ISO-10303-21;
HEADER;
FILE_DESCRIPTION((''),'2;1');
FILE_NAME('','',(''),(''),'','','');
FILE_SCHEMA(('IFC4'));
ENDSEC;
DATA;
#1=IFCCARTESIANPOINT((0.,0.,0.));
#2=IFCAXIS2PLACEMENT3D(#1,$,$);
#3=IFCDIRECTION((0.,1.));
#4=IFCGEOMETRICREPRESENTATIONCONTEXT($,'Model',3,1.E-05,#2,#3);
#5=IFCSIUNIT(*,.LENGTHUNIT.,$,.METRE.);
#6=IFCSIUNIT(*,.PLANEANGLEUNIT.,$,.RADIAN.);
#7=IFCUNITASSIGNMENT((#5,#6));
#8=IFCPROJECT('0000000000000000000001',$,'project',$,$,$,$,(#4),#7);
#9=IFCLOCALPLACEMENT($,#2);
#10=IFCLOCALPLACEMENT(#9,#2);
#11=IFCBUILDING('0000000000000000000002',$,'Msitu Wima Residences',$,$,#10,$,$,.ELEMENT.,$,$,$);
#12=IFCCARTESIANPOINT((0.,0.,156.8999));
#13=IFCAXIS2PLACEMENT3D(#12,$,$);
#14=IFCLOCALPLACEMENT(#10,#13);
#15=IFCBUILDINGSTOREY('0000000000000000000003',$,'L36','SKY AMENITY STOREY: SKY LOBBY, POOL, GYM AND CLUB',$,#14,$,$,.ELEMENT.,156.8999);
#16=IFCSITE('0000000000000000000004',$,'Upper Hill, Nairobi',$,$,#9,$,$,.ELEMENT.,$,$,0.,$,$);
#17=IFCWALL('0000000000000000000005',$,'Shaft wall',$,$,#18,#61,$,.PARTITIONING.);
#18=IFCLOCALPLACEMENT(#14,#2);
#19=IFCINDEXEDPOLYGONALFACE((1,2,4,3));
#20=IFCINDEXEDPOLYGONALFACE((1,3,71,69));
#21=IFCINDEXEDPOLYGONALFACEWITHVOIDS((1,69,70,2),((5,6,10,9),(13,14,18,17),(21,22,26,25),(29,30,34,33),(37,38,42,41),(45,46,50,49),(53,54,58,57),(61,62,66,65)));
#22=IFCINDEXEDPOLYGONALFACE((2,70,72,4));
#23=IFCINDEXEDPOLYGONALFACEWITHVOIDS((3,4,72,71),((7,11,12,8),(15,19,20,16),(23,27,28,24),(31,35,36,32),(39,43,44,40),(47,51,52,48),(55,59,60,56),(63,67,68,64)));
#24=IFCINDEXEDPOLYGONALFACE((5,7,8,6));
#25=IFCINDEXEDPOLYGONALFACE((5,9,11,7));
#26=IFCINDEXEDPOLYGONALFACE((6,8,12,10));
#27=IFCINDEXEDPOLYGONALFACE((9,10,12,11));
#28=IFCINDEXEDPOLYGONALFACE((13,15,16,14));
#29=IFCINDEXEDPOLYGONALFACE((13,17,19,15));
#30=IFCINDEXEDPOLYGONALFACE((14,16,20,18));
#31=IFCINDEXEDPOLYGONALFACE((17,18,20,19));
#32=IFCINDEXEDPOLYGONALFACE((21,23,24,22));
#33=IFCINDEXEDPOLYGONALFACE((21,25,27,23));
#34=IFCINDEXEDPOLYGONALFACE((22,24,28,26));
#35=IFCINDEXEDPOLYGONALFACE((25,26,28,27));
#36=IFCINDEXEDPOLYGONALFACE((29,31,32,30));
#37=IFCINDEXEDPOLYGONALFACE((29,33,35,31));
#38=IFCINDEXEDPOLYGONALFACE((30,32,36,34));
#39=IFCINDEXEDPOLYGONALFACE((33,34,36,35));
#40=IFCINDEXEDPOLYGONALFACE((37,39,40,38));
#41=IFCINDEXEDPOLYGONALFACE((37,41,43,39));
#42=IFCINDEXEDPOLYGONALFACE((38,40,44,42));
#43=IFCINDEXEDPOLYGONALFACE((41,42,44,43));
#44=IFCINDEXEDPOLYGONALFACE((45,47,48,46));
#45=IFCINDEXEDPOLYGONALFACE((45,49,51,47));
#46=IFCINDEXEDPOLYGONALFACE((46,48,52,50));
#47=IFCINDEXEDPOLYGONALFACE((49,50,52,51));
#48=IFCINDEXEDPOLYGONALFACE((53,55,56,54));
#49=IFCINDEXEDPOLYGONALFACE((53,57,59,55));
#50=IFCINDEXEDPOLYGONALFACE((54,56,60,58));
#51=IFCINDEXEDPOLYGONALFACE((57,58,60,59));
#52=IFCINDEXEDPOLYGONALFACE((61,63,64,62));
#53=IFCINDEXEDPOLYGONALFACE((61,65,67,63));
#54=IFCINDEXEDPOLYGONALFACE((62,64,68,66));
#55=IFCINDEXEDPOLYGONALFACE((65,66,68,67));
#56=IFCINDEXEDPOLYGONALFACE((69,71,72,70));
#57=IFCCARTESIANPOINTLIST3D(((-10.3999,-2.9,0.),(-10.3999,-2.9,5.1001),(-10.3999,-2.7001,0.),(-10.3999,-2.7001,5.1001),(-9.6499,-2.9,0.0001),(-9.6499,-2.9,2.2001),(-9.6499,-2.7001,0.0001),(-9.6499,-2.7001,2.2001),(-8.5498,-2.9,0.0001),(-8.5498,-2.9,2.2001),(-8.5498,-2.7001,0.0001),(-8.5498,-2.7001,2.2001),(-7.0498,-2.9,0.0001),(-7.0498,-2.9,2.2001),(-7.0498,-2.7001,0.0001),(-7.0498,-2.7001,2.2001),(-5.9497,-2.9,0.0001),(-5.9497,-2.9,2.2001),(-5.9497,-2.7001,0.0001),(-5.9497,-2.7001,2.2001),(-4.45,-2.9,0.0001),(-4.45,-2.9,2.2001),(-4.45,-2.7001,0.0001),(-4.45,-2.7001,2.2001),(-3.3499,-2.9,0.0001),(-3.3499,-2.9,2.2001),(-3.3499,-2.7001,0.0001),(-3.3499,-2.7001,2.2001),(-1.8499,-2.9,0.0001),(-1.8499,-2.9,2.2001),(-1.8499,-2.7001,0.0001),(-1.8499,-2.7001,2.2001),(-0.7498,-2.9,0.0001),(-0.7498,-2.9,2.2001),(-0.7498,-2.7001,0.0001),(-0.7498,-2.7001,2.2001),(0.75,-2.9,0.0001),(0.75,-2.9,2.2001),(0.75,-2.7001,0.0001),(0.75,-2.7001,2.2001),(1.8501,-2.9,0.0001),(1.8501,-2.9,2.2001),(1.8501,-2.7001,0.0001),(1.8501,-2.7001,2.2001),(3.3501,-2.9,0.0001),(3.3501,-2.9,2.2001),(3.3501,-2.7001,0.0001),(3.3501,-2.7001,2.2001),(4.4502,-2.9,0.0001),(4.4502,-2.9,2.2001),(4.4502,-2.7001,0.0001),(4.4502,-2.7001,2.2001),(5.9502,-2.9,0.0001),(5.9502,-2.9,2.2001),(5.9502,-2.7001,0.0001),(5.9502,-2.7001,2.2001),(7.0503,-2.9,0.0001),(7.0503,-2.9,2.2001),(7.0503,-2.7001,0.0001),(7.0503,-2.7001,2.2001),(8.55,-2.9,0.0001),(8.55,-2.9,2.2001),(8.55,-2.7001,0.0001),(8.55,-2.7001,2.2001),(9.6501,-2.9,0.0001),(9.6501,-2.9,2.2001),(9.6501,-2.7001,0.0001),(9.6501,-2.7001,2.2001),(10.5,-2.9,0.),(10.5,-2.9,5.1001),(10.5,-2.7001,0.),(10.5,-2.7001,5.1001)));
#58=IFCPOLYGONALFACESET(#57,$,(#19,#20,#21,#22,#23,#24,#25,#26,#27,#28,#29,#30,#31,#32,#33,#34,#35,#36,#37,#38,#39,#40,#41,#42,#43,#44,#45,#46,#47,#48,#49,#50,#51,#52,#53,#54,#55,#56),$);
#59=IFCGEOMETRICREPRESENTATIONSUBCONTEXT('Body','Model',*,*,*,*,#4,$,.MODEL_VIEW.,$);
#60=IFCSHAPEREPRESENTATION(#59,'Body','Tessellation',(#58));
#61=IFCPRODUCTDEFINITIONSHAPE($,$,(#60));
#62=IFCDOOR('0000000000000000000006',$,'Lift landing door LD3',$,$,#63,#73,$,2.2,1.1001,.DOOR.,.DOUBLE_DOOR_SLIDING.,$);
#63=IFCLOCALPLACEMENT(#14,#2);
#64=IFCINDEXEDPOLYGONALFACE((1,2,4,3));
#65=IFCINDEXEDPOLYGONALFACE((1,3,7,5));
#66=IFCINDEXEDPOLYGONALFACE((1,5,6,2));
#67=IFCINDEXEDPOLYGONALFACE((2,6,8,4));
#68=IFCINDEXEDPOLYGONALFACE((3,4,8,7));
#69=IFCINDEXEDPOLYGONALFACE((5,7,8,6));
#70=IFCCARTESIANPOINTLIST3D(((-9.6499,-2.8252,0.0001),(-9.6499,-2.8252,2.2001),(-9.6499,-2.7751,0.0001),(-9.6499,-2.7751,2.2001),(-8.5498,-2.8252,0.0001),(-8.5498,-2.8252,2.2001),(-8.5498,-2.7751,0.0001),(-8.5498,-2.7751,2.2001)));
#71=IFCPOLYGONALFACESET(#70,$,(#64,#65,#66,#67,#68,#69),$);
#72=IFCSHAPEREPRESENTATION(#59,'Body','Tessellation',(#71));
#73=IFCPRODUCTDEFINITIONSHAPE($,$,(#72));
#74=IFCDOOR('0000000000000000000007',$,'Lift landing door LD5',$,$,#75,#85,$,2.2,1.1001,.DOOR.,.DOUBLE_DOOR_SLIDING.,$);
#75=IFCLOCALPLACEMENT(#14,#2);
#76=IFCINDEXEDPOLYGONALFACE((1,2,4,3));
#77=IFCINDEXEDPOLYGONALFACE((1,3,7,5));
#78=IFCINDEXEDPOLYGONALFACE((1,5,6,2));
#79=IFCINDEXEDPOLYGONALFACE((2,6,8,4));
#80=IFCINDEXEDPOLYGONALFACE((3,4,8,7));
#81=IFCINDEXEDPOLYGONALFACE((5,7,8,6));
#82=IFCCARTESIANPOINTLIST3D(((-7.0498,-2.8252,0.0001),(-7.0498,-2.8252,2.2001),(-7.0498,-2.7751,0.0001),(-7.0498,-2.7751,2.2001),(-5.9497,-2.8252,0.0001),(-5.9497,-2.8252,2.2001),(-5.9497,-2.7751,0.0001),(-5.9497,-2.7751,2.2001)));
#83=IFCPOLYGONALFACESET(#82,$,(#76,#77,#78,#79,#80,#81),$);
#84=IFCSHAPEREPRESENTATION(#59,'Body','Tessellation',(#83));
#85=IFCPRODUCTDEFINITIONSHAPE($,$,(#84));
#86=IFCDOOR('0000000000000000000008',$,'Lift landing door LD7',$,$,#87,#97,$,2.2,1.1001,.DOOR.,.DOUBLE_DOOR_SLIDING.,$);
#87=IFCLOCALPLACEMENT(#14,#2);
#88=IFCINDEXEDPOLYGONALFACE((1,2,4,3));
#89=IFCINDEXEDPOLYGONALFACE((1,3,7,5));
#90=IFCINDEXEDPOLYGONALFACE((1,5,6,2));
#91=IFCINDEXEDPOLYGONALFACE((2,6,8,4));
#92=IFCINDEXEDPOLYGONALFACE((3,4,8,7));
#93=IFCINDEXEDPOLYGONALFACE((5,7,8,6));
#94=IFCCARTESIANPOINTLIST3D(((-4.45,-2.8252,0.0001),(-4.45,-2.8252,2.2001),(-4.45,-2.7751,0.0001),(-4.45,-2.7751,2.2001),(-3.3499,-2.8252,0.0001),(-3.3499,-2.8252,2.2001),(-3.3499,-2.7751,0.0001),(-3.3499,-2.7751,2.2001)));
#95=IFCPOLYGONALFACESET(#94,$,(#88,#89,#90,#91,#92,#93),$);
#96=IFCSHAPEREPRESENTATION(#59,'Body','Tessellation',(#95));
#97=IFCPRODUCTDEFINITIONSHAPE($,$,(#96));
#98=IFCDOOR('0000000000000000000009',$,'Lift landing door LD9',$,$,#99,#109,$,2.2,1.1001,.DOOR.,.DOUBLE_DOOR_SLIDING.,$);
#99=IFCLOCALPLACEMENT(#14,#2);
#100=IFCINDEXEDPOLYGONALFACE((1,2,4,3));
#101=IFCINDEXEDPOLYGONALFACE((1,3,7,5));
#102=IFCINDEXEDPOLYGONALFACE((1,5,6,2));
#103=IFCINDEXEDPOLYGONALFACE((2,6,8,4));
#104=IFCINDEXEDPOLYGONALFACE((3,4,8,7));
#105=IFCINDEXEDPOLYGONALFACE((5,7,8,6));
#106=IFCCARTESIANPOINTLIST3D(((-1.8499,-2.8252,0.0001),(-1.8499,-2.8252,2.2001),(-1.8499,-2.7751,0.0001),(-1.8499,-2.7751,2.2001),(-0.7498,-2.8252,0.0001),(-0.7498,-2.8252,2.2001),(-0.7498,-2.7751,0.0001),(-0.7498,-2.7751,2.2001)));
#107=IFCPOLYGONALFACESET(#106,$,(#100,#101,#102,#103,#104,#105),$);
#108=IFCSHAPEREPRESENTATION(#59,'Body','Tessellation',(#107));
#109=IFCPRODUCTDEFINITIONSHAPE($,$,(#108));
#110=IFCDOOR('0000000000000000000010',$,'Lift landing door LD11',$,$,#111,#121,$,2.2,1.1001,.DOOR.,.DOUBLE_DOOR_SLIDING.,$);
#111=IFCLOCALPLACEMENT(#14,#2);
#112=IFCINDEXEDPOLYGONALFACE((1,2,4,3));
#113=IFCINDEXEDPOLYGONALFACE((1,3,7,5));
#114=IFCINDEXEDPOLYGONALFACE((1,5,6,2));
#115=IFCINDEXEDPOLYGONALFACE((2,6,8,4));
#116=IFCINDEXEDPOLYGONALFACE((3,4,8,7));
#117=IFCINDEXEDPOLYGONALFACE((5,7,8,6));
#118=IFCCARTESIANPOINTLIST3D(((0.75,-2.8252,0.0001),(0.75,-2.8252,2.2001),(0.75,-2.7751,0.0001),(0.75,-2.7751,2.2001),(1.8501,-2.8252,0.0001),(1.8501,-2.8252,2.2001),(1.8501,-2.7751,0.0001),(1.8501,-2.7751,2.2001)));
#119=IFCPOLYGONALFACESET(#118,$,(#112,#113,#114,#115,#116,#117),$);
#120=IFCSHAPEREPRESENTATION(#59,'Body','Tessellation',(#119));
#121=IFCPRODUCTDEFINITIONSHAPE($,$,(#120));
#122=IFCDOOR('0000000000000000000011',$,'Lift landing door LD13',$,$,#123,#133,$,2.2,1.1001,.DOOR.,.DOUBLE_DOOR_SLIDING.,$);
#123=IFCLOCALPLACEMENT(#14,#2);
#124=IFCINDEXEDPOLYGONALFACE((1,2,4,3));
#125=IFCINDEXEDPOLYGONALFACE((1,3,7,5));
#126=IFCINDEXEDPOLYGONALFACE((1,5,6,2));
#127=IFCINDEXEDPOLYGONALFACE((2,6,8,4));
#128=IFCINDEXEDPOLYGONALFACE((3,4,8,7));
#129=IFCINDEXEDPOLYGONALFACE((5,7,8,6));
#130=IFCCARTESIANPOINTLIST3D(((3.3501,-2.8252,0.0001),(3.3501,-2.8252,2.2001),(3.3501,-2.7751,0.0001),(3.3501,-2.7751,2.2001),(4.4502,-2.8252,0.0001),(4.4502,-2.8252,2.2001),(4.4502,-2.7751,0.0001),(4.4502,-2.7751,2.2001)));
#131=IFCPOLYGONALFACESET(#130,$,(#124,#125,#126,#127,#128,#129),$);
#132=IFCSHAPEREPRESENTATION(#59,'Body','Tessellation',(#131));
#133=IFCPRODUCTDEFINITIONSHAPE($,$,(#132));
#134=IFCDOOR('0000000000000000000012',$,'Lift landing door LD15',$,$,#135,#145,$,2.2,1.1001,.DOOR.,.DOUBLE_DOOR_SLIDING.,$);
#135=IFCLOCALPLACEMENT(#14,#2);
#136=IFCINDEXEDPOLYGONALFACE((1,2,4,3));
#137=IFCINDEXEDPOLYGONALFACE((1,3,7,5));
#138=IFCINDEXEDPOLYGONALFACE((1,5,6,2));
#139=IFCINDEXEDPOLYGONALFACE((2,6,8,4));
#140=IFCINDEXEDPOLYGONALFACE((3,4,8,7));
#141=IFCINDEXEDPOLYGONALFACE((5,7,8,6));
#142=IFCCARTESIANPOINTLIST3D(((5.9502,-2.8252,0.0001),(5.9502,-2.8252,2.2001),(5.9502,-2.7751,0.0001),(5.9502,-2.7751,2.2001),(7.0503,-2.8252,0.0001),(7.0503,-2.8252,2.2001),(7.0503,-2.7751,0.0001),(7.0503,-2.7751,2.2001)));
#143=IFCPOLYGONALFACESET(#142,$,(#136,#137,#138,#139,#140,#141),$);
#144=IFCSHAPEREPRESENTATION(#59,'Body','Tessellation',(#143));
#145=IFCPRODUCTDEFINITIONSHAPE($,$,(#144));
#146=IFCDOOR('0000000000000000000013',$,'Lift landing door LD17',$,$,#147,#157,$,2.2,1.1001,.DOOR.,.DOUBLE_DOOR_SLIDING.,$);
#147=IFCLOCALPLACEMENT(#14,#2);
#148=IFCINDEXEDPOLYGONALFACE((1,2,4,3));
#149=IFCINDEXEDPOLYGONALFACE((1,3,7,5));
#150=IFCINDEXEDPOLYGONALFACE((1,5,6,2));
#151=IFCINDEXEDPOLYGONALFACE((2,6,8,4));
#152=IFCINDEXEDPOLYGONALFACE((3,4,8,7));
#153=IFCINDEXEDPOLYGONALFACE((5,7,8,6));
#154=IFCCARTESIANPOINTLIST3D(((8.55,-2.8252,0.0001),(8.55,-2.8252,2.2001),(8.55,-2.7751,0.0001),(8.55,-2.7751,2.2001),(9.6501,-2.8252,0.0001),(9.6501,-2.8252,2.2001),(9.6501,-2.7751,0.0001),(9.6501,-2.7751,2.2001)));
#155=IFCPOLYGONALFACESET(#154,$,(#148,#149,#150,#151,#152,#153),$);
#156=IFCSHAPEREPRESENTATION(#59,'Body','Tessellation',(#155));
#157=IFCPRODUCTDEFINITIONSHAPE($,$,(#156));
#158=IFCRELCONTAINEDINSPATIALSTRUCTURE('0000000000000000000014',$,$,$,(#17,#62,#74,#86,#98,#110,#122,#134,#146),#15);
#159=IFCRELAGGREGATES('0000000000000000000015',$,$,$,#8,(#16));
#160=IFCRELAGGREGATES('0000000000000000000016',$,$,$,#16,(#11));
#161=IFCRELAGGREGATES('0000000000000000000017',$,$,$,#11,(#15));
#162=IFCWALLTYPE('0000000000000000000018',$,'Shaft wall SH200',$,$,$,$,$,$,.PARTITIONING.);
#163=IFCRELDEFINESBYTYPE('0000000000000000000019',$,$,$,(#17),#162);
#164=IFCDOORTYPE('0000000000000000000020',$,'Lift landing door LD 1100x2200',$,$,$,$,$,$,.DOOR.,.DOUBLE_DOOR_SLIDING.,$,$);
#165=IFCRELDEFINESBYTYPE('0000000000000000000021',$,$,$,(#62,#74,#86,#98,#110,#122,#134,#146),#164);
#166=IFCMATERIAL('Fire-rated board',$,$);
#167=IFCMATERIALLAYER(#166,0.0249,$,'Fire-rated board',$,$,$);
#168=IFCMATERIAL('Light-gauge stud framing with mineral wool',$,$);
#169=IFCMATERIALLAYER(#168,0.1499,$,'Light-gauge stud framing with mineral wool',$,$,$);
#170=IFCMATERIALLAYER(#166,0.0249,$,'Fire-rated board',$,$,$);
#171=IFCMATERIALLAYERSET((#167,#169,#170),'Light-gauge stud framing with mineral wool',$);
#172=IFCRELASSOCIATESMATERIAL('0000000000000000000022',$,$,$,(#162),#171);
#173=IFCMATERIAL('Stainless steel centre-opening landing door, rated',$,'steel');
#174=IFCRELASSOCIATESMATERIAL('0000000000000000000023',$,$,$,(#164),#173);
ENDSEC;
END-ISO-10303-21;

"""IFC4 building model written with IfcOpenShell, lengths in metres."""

from ifc_helpers import new_model, si_unit, direction, frame, frame_2d, origin, place, context, subcontext, project, spatial, rectangle, extrude, material, layer, layer_set, type_object, element, fill, save


model = new_model("IFC4")

# Units and contexts
model_context = context("Model", 3, precision=1e-05, world=origin(), true_north=direction((0.0, 1.0)))
body_context = subcontext(model_context, "Body", "Model", "MODEL_VIEW")
ifc_project = project(units=[si_unit("LENGTHUNIT", "METRE"), si_unit("PLANEANGLEUNIT", "RADIAN")], contexts=[model_context])

# Site, building, storey
site_placement = place(None, origin())
site = spatial("IfcSite", under=ifc_project, at=site_placement, Name="Upper Hill, Nairobi", CompositionType="ELEMENT", RefElevation=0.0)
building_placement = place(site_placement, origin())
building = spatial("IfcBuilding", under=site, at=building_placement, Name="Msitu Wima Residences", CompositionType="ELEMENT")
storey_placement = place(building_placement, frame((0.0, 0.0, 156.8999)))
storey = spatial("IfcBuildingStorey", under=building, at=storey_placement, Name="L36", Description="SKY AMENITY STOREY: SKY LOBBY, POOL, GYM AND CLUB", CompositionType="ELEMENT", Elevation=156.8999)

# Shared definitions
ifc_material_1 = material(Name="Fire-rated board")
ifc_layer_1 = layer(ifc_material_1, 0.0249, Name="Fire-rated board")
ifc_material_2 = material(Name="Light-gauge stud framing with mineral wool")
ifc_layer_2 = layer(ifc_material_2, 0.1499, Name="Light-gauge stud framing with mineral wool")
ifc_layer_3 = layer(ifc_material_1, 0.0249, Name="Fire-rated board")
ifc_layer_set_1 = layer_set([ifc_layer_1, ifc_layer_2, ifc_layer_3], Name="Light-gauge stud framing with mineral wool")
wall_type_1 = type_object("IfcWallType", Name="Shaft wall SH200", PredefinedType="PARTITIONING", material=ifc_layer_set_1)

# Wall, openings, doors
wall_1_placement = place(storey_placement, frame((-10.3999, -2.8, 0.0), z_axis=(0.0, 0.0, 1.0), x_axis=(1.0, 0.0, 0.0)))
wall_1 = element("IfcWall", 1, at=wall_1_placement, inside=storey, type_object=wall_type_1, Name="Shaft wall", PredefinedType="PARTITIONING", context=body_context, shape_type="SweptSolid", body=[
    extrude(rectangle(XDim=20.8999, YDim=0.2, at=frame_2d((10.45, 0.0))), origin(), (0.0, 0.0, 1.0), 5.1001),
])
opening_1_placement = place(wall_1_placement, frame((0.75, 0.0, 0.0)))
opening_1 = element("IfcOpeningElement", 2, at=opening_1_placement, cuts=wall_1, PredefinedType="OPENING", context=body_context, shape_type="SweptSolid", body=[
    extrude(rectangle(XDim=1.1001, YDim=2.2, at=frame_2d((0.55, 1.1001))), frame((0.0, 0.1099, 0.0), z_axis=(0.0, -1.0, 0.0), x_axis=(1.0, 0.0, 0.0)), (0.0, 0.0, 1.0), 0.22),
])
opening_2_placement = place(wall_1_placement, frame((3.3501, 0.0, 0.0)))
opening_2 = element("IfcOpeningElement", 3, at=opening_2_placement, cuts=wall_1, PredefinedType="OPENING", context=body_context, shape_type="SweptSolid", body=[
    extrude(rectangle(XDim=1.1001, YDim=2.2, at=frame_2d((0.55, 1.1001))), frame((0.0, 0.1099, 0.0), z_axis=(0.0, -1.0, 0.0), x_axis=(1.0, 0.0, 0.0)), (0.0, 0.0, 1.0), 0.22),
])
opening_3_placement = place(wall_1_placement, frame((5.95, 0.0, 0.0)))
opening_3 = element("IfcOpeningElement", 4, at=opening_3_placement, cuts=wall_1, PredefinedType="OPENING", context=body_context, shape_type="SweptSolid", body=[
    extrude(rectangle(XDim=1.1001, YDim=2.2, at=frame_2d((0.55, 1.1001))), frame((0.0, 0.1099, 0.0), z_axis=(0.0, -1.0, 0.0), x_axis=(1.0, 0.0, 0.0)), (0.0, 0.0, 1.0), 0.22),
])
opening_4_placement = place(wall_1_placement, frame((8.55, 0.0, 0.0)))
opening_4 = element("IfcOpeningElement", 5, at=opening_4_placement, cuts=wall_1, PredefinedType="OPENING", context=body_context, shape_type="SweptSolid", body=[
    extrude(rectangle(XDim=1.1001, YDim=2.2, at=frame_2d((0.55, 1.1001))), frame((0.0, 0.1099, 0.0), z_axis=(0.0, -1.0, 0.0), x_axis=(1.0, 0.0, 0.0)), (0.0, 0.0, 1.0), 0.22),
])
opening_5_placement = place(wall_1_placement, frame((11.1499, 0.0, 0.0)))
opening_5 = element("IfcOpeningElement", 6, at=opening_5_placement, cuts=wall_1, PredefinedType="OPENING", context=body_context, shape_type="SweptSolid", body=[
    extrude(rectangle(XDim=1.1001, YDim=2.2, at=frame_2d((0.55, 1.1001))), frame((0.0, 0.1099, 0.0), z_axis=(0.0, -1.0, 0.0), x_axis=(1.0, 0.0, 0.0)), (0.0, 0.0, 1.0), 0.22),
])
opening_6_placement = place(wall_1_placement, frame((13.75, 0.0, 0.0)))
opening_6 = element("IfcOpeningElement", 7, at=opening_6_placement, cuts=wall_1, PredefinedType="OPENING", context=body_context, shape_type="SweptSolid", body=[
    extrude(rectangle(XDim=1.1001, YDim=2.2, at=frame_2d((0.55, 1.1001))), frame((0.0, 0.1099, 0.0), z_axis=(0.0, -1.0, 0.0), x_axis=(1.0, 0.0, 0.0)), (0.0, 0.0, 1.0), 0.22),
])
opening_7_placement = place(wall_1_placement, frame((16.3501, 0.0, 0.0)))
opening_7 = element("IfcOpeningElement", 8, at=opening_7_placement, cuts=wall_1, PredefinedType="OPENING", context=body_context, shape_type="SweptSolid", body=[
    extrude(rectangle(XDim=1.1001, YDim=2.2, at=frame_2d((0.55, 1.1001))), frame((0.0, 0.1099, 0.0), z_axis=(0.0, -1.0, 0.0), x_axis=(1.0, 0.0, 0.0)), (0.0, 0.0, 1.0), 0.22),
])
opening_8_placement = place(wall_1_placement, frame((18.95, 0.0, 0.0)))
opening_8 = element("IfcOpeningElement", 9, at=opening_8_placement, cuts=wall_1, PredefinedType="OPENING", context=body_context, shape_type="SweptSolid", body=[
    extrude(rectangle(XDim=1.1001, YDim=2.2, at=frame_2d((0.55, 1.1001))), frame((0.0, 0.1099, 0.0), z_axis=(0.0, -1.0, 0.0), x_axis=(1.0, 0.0, 0.0)), (0.0, 0.0, 1.0), 0.22),
])
ifc_material_3 = material(Name="Stainless steel centre-opening landing door, rated", Category="steel")
door_type_1 = type_object("IfcDoorType", Name="Lift landing door LD 1100x2200", OperationType="DOUBLE_DOOR_SLIDING", PredefinedType="DOOR", material=ifc_material_3)
door_1_placement = place(opening_1_placement, origin())
door_1 = element("IfcDoor", 10, at=door_1_placement, inside=storey, type_object=door_type_1, Name="Lift landing door LD3", OperationType="DOUBLE_DOOR_SLIDING", OverallHeight=2.2, OverallWidth=1.1001, PredefinedType="DOOR", context=body_context, shape_type="SweptSolid", body=[
    extrude(rectangle(XDim=1.1001, YDim=2.2, at=frame_2d((0.55, 1.1001))), frame((0.0, 0.0249, 0.0), z_axis=(0.0, -1.0, 0.0), x_axis=(1.0, 0.0, 0.0)), (0.0, 0.0, 1.0), 0.05),
])
fill(opening_1, door_1)
door_2_placement = place(opening_2_placement, origin())
door_2 = element("IfcDoor", 11, at=door_2_placement, inside=storey, type_object=door_type_1, Name="Lift landing door LD5", OperationType="DOUBLE_DOOR_SLIDING", OverallHeight=2.2, OverallWidth=1.1001, PredefinedType="DOOR", context=body_context, shape_type="SweptSolid", body=[
    extrude(rectangle(XDim=1.1001, YDim=2.2, at=frame_2d((0.55, 1.1001))), frame((0.0, 0.0249, 0.0), z_axis=(0.0, -1.0, 0.0), x_axis=(1.0, 0.0, 0.0)), (0.0, 0.0, 1.0), 0.05),
])
fill(opening_2, door_2)
door_3_placement = place(opening_3_placement, origin())
door_3 = element("IfcDoor", 12, at=door_3_placement, inside=storey, type_object=door_type_1, Name="Lift landing door LD7", OperationType="DOUBLE_DOOR_SLIDING", OverallHeight=2.2, OverallWidth=1.1001, PredefinedType="DOOR", context=body_context, shape_type="SweptSolid", body=[
    extrude(rectangle(XDim=1.1001, YDim=2.2, at=frame_2d((0.55, 1.1001))), frame((0.0, 0.0249, 0.0), z_axis=(0.0, -1.0, 0.0), x_axis=(1.0, 0.0, 0.0)), (0.0, 0.0, 1.0), 0.05),
])
fill(opening_3, door_3)
door_4_placement = place(opening_4_placement, origin())
door_4 = element("IfcDoor", 13, at=door_4_placement, inside=storey, type_object=door_type_1, Name="Lift landing door LD9", OperationType="DOUBLE_DOOR_SLIDING", OverallHeight=2.2, OverallWidth=1.1001, PredefinedType="DOOR", context=body_context, shape_type="SweptSolid", body=[
    extrude(rectangle(XDim=1.1001, YDim=2.2, at=frame_2d((0.55, 1.1001))), frame((0.0, 0.0249, 0.0), z_axis=(0.0, -1.0, 0.0), x_axis=(1.0, 0.0, 0.0)), (0.0, 0.0, 1.0), 0.05),
])
fill(opening_4, door_4)
door_5_placement = place(opening_5_placement, origin())
door_5 = element("IfcDoor", 14, at=door_5_placement, inside=storey, type_object=door_type_1, Name="Lift landing door LD11", OperationType="DOUBLE_DOOR_SLIDING", OverallHeight=2.2, OverallWidth=1.1001, PredefinedType="DOOR", context=body_context, shape_type="SweptSolid", body=[
    extrude(rectangle(XDim=1.1001, YDim=2.2, at=frame_2d((0.55, 1.1001))), frame((0.0, 0.0249, 0.0), z_axis=(0.0, -1.0, 0.0), x_axis=(1.0, 0.0, 0.0)), (0.0, 0.0, 1.0), 0.05),
])
fill(opening_5, door_5)
door_6_placement = place(opening_6_placement, origin())
door_6 = element("IfcDoor", 15, at=door_6_placement, inside=storey, type_object=door_type_1, Name="Lift landing door LD13", OperationType="DOUBLE_DOOR_SLIDING", OverallHeight=2.2, OverallWidth=1.1001, PredefinedType="DOOR", context=body_context, shape_type="SweptSolid", body=[
    extrude(rectangle(XDim=1.1001, YDim=2.2, at=frame_2d((0.55, 1.1001))), frame((0.0, 0.0249, 0.0), z_axis=(0.0, -1.0, 0.0), x_axis=(1.0, 0.0, 0.0)), (0.0, 0.0, 1.0), 0.05),
])
fill(opening_6, door_6)
door_7_placement = place(opening_7_placement, origin())
door_7 = element("IfcDoor", 16, at=door_7_placement, inside=storey, type_object=door_type_1, Name="Lift landing door LD15", OperationType="DOUBLE_DOOR_SLIDING", OverallHeight=2.2, OverallWidth=1.1001, PredefinedType="DOOR", context=body_context, shape_type="SweptSolid", body=[
    extrude(rectangle(XDim=1.1001, YDim=2.2, at=frame_2d((0.55, 1.1001))), frame((0.0, 0.0249, 0.0), z_axis=(0.0, -1.0, 0.0), x_axis=(1.0, 0.0, 0.0)), (0.0, 0.0, 1.0), 0.05),
])
fill(opening_7, door_7)
door_8_placement = place(opening_8_placement, origin())
door_8 = element("IfcDoor", 17, at=door_8_placement, inside=storey, type_object=door_type_1, Name="Lift landing door LD17", OperationType="DOUBLE_DOOR_SLIDING", OverallHeight=2.2, OverallWidth=1.1001, PredefinedType="DOOR", context=body_context, shape_type="SweptSolid", body=[
    extrude(rectangle(XDim=1.1001, YDim=2.2, at=frame_2d((0.55, 1.1001))), frame((0.0, 0.0249, 0.0), z_axis=(0.0, -1.0, 0.0), x_axis=(1.0, 0.0, 0.0)), (0.0, 0.0, 1.0), 0.05),
])
fill(opening_8, door_8)

save(model, "model.ifc")
